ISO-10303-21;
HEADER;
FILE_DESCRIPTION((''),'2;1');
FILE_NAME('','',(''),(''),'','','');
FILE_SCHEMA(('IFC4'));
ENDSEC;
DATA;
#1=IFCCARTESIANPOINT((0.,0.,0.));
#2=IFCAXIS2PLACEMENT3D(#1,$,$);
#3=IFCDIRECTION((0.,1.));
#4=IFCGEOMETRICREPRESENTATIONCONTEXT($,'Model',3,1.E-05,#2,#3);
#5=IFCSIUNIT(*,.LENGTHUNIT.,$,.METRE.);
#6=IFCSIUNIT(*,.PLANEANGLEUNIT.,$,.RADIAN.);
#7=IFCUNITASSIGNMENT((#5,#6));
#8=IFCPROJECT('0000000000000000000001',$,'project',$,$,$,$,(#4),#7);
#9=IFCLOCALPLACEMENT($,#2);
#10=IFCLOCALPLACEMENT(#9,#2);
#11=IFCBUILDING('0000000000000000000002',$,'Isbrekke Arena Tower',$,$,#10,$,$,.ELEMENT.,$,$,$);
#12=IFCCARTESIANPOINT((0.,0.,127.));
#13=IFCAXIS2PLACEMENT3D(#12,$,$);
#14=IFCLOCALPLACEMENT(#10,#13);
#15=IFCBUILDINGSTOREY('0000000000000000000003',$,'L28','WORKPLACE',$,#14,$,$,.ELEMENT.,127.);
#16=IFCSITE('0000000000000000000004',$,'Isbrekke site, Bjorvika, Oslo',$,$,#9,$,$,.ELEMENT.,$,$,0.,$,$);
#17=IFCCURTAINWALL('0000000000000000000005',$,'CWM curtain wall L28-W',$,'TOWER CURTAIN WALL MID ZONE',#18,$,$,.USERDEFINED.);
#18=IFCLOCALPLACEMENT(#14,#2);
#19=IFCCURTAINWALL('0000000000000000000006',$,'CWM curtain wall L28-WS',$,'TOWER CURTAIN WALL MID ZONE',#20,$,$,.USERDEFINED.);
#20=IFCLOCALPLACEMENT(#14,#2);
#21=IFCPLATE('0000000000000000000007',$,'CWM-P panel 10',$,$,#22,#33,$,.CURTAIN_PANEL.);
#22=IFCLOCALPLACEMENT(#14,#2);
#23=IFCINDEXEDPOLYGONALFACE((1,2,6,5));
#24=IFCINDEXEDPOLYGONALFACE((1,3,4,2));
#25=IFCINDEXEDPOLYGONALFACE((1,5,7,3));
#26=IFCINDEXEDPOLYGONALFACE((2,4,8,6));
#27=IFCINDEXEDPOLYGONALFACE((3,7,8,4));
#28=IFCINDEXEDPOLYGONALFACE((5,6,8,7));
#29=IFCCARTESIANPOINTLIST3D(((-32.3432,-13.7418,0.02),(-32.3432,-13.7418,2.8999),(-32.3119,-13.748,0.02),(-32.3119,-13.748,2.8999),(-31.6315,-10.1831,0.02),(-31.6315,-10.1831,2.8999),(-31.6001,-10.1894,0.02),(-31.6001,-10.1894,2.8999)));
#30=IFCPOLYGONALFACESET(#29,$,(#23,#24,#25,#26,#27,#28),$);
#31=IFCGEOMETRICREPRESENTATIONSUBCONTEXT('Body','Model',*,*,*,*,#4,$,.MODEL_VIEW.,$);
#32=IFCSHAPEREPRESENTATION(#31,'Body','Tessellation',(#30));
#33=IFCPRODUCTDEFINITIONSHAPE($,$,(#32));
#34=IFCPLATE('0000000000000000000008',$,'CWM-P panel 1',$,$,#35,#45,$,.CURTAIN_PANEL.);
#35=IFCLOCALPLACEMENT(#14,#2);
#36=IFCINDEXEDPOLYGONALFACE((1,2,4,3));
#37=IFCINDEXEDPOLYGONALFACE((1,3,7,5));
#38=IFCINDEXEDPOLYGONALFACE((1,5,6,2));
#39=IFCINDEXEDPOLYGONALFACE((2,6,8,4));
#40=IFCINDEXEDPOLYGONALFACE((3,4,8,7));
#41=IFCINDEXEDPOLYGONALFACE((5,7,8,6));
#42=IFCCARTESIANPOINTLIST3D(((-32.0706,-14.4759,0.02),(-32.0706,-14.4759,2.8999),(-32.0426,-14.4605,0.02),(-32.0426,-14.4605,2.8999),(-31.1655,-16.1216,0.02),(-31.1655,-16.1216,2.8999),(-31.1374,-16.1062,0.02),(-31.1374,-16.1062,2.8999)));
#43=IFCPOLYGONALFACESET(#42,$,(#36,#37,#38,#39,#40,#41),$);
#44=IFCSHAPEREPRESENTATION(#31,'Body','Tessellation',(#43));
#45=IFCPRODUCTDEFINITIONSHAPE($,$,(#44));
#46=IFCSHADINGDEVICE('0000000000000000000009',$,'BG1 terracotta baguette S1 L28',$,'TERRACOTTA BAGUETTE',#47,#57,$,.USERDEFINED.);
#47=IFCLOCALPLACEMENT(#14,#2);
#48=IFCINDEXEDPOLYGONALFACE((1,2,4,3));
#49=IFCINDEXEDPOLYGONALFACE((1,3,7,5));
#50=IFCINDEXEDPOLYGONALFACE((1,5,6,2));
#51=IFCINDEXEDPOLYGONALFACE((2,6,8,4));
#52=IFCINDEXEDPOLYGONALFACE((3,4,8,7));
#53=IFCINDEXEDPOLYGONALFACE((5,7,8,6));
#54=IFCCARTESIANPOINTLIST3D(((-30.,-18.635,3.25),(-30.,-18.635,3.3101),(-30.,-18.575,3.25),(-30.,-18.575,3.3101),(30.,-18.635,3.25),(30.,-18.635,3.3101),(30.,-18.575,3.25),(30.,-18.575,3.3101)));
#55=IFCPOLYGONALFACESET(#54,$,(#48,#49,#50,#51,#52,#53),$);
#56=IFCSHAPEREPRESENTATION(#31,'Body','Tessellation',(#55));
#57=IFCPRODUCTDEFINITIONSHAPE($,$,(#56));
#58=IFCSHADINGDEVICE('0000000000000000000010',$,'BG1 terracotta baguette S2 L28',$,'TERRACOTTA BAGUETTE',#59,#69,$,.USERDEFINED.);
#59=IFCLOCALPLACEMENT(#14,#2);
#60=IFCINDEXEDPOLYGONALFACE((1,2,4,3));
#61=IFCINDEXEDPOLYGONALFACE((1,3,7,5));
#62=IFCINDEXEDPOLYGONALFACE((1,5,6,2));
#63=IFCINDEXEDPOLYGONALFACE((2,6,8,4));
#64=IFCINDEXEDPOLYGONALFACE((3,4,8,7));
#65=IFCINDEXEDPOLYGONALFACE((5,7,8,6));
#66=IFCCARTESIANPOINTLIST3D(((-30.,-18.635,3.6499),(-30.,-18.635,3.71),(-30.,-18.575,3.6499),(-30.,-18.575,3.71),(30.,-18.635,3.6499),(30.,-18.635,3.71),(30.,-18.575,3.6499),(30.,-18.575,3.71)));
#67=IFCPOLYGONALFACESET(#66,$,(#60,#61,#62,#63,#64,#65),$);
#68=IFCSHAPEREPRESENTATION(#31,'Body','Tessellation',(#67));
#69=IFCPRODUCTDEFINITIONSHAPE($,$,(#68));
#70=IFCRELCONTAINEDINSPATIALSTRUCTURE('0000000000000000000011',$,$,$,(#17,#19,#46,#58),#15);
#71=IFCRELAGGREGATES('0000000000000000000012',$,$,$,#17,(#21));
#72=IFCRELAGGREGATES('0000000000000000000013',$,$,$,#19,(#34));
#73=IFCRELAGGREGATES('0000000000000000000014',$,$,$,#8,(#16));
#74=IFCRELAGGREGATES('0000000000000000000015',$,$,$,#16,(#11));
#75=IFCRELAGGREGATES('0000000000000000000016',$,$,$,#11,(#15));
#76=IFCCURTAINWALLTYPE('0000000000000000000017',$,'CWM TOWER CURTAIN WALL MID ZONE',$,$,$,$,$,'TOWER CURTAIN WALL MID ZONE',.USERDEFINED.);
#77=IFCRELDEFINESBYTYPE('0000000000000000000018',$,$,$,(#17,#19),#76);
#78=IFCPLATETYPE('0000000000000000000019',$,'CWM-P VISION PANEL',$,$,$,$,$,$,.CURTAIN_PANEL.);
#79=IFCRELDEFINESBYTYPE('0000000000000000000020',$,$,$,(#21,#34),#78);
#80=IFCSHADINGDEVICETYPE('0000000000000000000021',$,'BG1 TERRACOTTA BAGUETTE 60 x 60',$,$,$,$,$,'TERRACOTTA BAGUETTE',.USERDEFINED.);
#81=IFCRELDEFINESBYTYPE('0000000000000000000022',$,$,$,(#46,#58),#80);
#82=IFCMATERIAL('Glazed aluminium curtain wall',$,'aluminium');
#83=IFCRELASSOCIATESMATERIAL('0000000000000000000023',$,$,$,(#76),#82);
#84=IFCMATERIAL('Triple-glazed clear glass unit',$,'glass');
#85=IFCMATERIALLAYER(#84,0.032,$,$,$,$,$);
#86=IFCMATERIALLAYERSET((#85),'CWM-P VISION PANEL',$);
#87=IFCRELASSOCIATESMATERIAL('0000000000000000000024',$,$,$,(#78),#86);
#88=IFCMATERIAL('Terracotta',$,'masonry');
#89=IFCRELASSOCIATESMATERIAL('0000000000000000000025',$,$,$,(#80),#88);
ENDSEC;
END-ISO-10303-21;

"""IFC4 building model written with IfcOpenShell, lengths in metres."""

from ifc_helpers import new_model, si_unit, direction, frame, origin, origin_2d, place, context, subcontext, project, spatial, rectangle, extrude, material, layer, layer_set, material_profile, profile_set, type_object, element, aggregate, save


model = new_model("IFC4")

# Units and contexts
model_context = context("Model", 3, precision=1e-05, world=origin(), true_north=direction((0.0, 1.0)))
body_context = subcontext(model_context, "Body", "Model", "MODEL_VIEW")
ifc_project = project(units=[si_unit("LENGTHUNIT", "METRE"), si_unit("PLANEANGLEUNIT", "RADIAN")], contexts=[model_context])

# Site, building, storey
site_placement = place(None, origin())
site = spatial("IfcSite", under=ifc_project, at=site_placement, Name="Isbrekke site, Bjorvika, Oslo", CompositionType="ELEMENT", RefElevation=0.0)
building_placement = place(site_placement, origin())
building = spatial("IfcBuilding", under=site, at=building_placement, Name="Isbrekke Arena Tower", CompositionType="ELEMENT")
storey_placement = place(building_placement, frame((0.0, 0.0, 127.0)))
storey = spatial("IfcBuildingStorey", under=building, at=storey_placement, Name="L28", Description="WORKPLACE", CompositionType="ELEMENT", Elevation=127.0)

# Shared definitions
ifc_material_1 = material(Name="Glazed aluminium curtain wall", Category="aluminium")
curtain_wall_type = type_object("IfcCurtainWallType", Name="CWM TOWER CURTAIN WALL MID ZONE", ElementType="TOWER CURTAIN WALL MID ZONE", PredefinedType="USERDEFINED", material=ifc_material_1)

# Curtain wall
curtain_wall_1_placement = place(storey_placement, origin())
curtain_wall_1 = element("IfcCurtainWall", 1, at=curtain_wall_1_placement, inside=storey, type_object=curtain_wall_type, Name="CWM curtain wall L28-W", ObjectType="TOWER CURTAIN WALL MID ZONE", PredefinedType="USERDEFINED")

# Curtain wall
curtain_wall_2_placement = place(storey_placement, origin())
curtain_wall_2 = element("IfcCurtainWall", 2, at=curtain_wall_2_placement, inside=storey, type_object=curtain_wall_type, Name="CWM curtain wall L28-WS", ObjectType="TOWER CURTAIN WALL MID ZONE", PredefinedType="USERDEFINED")

# Plates
ifc_material_2 = material(Name="Triple-glazed clear glass unit", Category="glass")
ifc_layer = layer(ifc_material_2, 0.032)
ifc_layer_set = layer_set([ifc_layer], Name="CWM-P VISION PANEL")
plate_type = type_object("IfcPlateType", Name="CWM-P VISION PANEL", PredefinedType="CURTAIN_PANEL", material=ifc_layer_set)
plate_1_placement = place(storey_placement, frame((-31.9717, -11.9656, 0.02), z_axis=(0.0, 0.0, 1.0), x_axis=(-0.196116, -0.980581, 0.0)))
plate_1 = element("IfcPlate", 3, at=plate_1_placement, type_object=plate_type, Name="CWM-P panel 10", PredefinedType="CURTAIN_PANEL", context=body_context, shape_type="SweptSolid", body=[
    extrude(rectangle(XDim=3.6292, YDim=0.032, at=origin_2d()), origin(), (0.0, 0.0, 1.0), 2.8799),
])
aggregate(curtain_wall_1, [plate_1])
plate_2_placement = place(storey_placement, frame((-31.604, -15.291, 0.02), z_axis=(0.0, 0.0, 1.0), x_axis=(0.481919, -0.876216, 0.0)))
plate_2 = element("IfcPlate", 4, at=plate_2_placement, type_object=plate_type, Name="CWM-P panel 1", PredefinedType="CURTAIN_PANEL", context=body_context, shape_type="SweptSolid", body=[
    extrude(rectangle(XDim=1.8782, YDim=0.032, at=origin_2d()), origin(), (0.0, 0.0, 1.0), 2.8799),
])
aggregate(curtain_wall_2, [plate_2])

# Shading devices
ifc_material_3 = material(Name="Terracotta", Category="masonry")
ifc_material_profile_1 = material_profile(ifc_material_3, rectangle(XDim=0.0601, YDim=0.0601, at=origin_2d()), Name="BAGUETTE 60X60")
ifc_profile_set_1 = profile_set([ifc_material_profile_1], Name="Terracotta")
shading_device_type = type_object("IfcShadingDeviceType", Name="BG1 TERRACOTTA BAGUETTE 60 x 60", ElementType="TERRACOTTA BAGUETTE", PredefinedType="USERDEFINED", material=ifc_profile_set_1)
for number, where, z_axis, x_axis, name in (
    (5, (-30.0, -18.605, 3.28), (1.0, 0.0, 0.0), (0.0, 1.0, 0.0), "BG1 terracotta baguette S1 L28"),
    (6, (-30.0, -18.605, 3.6799), (1.0, 0.0, 0.0), (0.0, 1.0, 0.0), "BG1 terracotta baguette S2 L28"),
):
    element("IfcShadingDevice", number, at=place(storey_placement, frame(where, z_axis=z_axis, x_axis=x_axis)), inside=storey, type_object=shading_device_type, Name=name, ObjectType="TERRACOTTA BAGUETTE", PredefinedType="USERDEFINED", context=body_context, shape_type="SweptSolid", body=[
        extrude(rectangle(XDim=0.0601, YDim=0.0601, at=origin_2d()), origin(), (0.0, 0.0, 1.0), 60.0),
    ])

save(model, "model.ifc")
